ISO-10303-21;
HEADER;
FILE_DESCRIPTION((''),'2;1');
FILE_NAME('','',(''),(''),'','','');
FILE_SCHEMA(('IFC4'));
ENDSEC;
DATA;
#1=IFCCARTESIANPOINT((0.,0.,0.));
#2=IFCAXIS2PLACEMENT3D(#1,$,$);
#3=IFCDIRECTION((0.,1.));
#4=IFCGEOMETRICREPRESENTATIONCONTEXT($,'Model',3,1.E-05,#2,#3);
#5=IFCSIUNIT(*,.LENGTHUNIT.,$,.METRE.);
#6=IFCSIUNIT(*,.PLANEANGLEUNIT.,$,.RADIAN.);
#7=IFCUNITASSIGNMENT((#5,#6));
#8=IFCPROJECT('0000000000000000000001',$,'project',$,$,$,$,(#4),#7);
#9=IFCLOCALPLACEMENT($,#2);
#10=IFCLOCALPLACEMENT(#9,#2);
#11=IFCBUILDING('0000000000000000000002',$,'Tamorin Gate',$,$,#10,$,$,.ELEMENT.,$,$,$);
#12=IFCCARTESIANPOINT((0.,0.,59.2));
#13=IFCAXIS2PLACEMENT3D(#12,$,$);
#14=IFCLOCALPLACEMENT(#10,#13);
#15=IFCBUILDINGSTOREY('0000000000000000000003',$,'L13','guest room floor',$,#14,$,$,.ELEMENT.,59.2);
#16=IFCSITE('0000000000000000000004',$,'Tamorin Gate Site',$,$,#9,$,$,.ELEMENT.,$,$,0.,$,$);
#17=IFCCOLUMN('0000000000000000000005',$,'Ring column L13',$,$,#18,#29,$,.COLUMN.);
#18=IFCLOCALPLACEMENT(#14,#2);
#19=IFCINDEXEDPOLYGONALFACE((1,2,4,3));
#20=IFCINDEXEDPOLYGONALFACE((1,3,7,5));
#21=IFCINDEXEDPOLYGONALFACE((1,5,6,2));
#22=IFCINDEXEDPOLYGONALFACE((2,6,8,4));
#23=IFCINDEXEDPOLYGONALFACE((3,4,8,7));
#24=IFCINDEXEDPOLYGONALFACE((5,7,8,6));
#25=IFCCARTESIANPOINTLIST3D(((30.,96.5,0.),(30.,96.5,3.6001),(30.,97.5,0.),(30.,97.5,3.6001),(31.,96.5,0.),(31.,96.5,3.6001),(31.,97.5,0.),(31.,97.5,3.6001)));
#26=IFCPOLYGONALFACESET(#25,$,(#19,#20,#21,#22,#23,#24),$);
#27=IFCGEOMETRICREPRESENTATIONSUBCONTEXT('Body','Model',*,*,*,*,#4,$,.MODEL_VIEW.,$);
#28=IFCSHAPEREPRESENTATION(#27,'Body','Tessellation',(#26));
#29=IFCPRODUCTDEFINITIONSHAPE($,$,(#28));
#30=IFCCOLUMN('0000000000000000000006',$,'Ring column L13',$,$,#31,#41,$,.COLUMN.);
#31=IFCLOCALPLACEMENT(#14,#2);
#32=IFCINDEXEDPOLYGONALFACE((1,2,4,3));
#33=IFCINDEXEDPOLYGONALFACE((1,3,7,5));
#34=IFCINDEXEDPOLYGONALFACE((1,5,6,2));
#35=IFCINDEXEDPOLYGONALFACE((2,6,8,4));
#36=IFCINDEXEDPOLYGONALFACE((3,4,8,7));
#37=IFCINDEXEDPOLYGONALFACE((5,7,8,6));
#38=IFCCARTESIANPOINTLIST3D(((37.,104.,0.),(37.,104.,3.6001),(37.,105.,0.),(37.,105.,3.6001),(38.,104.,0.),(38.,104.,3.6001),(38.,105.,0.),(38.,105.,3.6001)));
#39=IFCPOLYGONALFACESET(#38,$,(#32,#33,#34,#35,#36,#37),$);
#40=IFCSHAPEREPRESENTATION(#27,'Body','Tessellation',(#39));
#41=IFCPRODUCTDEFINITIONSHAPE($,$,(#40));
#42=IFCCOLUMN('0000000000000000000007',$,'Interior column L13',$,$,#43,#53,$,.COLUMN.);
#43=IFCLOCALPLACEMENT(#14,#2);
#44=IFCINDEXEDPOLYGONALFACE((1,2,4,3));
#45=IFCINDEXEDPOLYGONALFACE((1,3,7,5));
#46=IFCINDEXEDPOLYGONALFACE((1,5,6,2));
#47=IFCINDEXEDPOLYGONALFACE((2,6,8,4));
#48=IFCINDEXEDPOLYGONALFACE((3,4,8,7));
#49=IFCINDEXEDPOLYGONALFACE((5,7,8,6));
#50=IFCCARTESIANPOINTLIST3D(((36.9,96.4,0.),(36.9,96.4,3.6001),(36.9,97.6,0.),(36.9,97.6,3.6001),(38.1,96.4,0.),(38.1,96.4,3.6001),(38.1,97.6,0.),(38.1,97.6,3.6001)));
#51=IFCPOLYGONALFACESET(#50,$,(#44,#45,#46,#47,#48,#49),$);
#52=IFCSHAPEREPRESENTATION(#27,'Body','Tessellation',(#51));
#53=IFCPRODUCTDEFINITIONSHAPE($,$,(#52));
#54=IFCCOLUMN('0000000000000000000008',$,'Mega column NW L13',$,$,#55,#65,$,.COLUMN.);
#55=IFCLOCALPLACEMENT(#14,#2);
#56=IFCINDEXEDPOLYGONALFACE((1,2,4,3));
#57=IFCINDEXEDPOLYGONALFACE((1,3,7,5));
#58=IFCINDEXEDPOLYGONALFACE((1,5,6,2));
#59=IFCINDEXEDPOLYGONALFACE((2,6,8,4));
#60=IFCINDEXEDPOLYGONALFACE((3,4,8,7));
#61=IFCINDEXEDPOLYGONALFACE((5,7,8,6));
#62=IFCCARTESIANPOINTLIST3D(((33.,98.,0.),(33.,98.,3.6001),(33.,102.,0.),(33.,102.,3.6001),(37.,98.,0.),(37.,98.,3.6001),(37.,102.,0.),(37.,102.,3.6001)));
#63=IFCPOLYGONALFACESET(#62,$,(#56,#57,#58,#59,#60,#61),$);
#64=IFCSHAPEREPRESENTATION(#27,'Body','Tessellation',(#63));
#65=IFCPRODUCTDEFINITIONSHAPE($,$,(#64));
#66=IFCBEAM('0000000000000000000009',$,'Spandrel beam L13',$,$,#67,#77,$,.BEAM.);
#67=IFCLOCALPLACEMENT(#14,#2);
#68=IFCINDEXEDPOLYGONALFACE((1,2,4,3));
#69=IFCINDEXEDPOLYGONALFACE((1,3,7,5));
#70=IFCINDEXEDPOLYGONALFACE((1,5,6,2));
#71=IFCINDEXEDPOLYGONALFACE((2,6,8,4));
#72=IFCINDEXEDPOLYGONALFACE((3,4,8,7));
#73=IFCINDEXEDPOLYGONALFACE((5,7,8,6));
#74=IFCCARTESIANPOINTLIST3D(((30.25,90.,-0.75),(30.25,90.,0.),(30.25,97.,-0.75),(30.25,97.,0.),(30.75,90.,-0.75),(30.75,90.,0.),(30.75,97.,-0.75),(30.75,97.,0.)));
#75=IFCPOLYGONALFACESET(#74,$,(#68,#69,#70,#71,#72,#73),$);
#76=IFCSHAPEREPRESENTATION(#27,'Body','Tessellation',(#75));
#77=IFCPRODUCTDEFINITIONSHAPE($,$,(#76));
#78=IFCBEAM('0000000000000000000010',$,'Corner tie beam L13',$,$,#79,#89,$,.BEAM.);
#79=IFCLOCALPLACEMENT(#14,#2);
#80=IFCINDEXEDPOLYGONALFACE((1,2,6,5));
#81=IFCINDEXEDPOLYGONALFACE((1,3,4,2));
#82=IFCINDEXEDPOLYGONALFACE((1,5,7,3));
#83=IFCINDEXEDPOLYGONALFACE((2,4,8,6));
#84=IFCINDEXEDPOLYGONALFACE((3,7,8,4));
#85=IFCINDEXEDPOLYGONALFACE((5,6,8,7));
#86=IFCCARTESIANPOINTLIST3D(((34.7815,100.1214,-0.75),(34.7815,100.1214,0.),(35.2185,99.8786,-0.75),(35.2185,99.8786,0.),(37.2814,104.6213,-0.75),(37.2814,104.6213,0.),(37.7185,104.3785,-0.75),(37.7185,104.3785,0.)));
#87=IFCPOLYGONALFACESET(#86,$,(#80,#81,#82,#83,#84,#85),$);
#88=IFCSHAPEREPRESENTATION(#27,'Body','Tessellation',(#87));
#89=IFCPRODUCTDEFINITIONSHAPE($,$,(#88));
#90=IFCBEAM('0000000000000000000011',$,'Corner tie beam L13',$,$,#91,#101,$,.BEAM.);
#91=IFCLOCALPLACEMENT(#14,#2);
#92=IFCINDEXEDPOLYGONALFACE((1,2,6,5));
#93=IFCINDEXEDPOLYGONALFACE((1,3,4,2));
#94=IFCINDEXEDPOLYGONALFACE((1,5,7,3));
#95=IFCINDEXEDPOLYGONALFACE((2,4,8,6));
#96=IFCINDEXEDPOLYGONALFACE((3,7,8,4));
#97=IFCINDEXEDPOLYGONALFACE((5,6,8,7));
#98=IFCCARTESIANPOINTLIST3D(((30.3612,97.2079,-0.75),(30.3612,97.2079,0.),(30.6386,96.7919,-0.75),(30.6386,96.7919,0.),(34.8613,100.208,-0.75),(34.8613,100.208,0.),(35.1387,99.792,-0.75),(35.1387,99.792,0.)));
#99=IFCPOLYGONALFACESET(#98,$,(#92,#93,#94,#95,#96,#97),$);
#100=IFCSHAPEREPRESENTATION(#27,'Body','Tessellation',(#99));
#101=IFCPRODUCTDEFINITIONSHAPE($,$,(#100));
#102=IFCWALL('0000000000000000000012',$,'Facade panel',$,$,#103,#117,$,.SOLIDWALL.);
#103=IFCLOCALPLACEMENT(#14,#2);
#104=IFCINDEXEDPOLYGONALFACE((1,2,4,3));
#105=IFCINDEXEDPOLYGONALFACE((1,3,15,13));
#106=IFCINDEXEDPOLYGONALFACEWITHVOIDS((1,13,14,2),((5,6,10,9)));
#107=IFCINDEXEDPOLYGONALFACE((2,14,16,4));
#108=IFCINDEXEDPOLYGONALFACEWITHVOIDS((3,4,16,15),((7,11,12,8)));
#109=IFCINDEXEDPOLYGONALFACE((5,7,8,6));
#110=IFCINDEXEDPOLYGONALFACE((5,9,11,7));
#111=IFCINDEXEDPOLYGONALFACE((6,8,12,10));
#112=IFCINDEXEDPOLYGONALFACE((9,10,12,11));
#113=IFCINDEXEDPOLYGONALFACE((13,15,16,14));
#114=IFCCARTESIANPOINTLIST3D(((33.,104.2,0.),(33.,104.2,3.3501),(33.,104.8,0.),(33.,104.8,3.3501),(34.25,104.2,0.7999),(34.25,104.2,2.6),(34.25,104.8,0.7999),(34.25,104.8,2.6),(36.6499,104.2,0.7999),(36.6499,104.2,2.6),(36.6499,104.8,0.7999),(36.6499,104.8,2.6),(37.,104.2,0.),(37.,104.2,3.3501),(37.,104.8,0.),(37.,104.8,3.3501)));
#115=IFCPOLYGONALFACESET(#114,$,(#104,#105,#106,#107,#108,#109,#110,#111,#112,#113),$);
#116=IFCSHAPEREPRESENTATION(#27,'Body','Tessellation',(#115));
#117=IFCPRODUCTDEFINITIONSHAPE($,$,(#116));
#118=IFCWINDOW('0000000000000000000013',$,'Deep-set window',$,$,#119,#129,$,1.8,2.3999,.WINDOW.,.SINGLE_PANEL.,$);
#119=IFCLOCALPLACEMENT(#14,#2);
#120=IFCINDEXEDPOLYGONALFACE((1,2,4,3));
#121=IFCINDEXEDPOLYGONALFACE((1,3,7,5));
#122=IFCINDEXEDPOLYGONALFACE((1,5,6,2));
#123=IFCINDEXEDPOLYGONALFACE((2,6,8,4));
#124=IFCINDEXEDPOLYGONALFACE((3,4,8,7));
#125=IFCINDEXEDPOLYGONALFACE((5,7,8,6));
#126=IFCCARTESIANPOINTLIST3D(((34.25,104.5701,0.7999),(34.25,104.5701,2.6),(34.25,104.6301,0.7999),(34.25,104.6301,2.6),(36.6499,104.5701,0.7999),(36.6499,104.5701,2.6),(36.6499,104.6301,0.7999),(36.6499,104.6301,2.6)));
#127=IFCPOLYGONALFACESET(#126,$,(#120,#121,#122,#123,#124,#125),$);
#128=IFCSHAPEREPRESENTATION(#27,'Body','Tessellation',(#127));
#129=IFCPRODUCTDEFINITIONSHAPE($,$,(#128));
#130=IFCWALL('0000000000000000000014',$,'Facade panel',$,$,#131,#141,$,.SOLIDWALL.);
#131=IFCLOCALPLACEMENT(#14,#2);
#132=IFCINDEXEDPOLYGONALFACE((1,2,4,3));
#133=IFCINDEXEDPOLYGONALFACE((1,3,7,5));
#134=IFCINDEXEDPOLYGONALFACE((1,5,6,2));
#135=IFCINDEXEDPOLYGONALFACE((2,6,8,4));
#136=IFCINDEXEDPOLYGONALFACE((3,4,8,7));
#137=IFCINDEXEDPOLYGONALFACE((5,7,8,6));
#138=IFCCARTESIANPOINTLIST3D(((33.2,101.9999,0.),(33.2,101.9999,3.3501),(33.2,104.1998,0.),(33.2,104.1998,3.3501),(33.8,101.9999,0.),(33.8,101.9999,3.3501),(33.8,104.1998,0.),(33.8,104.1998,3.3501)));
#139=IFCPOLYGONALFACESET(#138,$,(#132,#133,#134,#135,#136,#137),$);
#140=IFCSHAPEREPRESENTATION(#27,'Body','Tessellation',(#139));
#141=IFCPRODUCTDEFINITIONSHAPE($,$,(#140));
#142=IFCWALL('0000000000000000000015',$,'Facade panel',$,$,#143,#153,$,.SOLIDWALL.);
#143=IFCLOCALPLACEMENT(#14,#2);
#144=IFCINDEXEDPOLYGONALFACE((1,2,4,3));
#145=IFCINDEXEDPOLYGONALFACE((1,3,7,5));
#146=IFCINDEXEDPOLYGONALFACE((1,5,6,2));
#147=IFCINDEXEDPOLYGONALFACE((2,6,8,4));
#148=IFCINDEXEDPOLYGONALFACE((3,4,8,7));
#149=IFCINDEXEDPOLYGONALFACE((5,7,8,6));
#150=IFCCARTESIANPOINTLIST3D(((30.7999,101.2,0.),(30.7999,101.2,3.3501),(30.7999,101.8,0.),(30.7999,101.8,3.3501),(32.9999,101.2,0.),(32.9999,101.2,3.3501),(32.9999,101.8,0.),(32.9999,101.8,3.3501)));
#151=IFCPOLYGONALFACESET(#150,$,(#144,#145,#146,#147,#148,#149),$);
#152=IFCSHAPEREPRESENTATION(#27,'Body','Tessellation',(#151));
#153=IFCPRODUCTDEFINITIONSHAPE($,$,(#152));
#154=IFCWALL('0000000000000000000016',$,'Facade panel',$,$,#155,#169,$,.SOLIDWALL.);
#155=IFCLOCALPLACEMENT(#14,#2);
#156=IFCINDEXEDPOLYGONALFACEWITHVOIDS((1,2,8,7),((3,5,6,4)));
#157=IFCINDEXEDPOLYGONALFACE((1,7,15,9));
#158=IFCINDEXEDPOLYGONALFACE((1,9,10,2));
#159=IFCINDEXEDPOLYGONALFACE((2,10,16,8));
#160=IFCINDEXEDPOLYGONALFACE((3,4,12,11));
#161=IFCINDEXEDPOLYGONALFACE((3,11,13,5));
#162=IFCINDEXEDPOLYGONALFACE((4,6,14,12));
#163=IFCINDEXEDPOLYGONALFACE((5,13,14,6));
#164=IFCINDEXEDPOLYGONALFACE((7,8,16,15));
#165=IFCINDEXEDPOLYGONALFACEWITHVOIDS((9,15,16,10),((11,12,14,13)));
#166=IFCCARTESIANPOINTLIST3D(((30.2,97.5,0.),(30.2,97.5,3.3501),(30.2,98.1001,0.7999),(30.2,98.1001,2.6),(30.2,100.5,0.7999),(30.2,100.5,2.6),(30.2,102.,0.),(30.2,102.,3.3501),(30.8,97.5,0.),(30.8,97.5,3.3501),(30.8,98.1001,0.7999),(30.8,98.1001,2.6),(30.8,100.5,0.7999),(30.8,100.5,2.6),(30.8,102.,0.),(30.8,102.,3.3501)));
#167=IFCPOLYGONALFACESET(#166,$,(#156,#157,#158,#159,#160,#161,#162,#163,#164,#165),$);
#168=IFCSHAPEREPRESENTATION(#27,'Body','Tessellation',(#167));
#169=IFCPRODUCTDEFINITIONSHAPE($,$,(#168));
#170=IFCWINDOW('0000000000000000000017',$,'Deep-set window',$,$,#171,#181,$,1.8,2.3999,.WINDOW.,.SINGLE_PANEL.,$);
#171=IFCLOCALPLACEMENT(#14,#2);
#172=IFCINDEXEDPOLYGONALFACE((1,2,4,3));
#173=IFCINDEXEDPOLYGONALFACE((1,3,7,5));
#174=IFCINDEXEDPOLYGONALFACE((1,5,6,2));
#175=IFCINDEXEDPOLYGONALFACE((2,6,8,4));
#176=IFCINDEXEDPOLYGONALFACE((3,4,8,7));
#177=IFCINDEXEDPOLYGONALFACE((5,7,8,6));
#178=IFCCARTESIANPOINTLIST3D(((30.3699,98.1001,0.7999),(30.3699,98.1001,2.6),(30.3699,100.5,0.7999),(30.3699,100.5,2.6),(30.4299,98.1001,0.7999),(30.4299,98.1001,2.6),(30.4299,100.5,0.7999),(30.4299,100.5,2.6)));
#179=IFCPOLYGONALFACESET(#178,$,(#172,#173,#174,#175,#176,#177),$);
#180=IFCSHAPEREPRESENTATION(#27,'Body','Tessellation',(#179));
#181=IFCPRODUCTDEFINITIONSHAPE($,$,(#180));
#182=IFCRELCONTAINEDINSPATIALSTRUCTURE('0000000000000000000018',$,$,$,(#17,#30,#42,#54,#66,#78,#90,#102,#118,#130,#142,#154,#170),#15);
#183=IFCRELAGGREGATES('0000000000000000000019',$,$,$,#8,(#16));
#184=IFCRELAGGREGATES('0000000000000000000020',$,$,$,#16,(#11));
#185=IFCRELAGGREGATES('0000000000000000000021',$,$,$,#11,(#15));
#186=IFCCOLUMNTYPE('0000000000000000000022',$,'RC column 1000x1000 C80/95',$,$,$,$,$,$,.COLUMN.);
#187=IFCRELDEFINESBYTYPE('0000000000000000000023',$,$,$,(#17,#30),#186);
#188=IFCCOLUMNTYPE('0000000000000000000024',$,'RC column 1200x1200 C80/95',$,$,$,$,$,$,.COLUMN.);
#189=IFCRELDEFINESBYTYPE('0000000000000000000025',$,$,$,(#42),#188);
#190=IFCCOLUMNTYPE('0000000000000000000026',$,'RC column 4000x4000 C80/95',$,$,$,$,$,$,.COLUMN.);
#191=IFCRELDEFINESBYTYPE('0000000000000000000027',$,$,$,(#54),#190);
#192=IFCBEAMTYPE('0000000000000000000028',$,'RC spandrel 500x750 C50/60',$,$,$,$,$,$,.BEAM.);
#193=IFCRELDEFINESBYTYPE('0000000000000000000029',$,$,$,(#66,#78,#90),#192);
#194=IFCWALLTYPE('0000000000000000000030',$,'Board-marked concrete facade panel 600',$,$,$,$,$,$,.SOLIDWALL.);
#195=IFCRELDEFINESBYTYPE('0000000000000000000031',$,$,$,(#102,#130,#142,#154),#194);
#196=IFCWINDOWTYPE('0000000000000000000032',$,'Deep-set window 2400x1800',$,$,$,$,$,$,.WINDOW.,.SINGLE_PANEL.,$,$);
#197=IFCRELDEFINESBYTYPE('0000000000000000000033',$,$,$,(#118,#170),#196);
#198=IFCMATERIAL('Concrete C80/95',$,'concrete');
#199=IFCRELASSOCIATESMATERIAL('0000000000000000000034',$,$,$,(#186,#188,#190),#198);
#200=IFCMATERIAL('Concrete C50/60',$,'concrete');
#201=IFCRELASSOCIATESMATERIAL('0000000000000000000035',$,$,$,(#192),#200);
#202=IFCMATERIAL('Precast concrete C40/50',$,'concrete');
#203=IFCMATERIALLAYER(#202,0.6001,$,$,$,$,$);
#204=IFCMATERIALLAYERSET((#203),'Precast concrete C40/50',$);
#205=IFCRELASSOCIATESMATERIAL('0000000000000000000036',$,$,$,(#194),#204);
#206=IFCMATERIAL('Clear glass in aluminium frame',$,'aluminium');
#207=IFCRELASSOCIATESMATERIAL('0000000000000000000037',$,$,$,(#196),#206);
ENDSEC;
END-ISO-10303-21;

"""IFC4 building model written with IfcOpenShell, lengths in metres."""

from ifc_helpers import new_model, si_unit, direction, frame, frame_2d, origin, origin_2d, place, context, subcontext, project, spatial, rectangle, extrude, material, layer, layer_set, material_profile, profile_set, type_object, element, fill, save


model = new_model("IFC4")

# Units and contexts
model_context = context("Model", 3, precision=1e-05, world=origin(), true_north=direction((0.0, 1.0)))
body_context = subcontext(model_context, "Body", "Model", "MODEL_VIEW")
ifc_project = project(units=[si_unit("LENGTHUNIT", "METRE"), si_unit("PLANEANGLEUNIT", "RADIAN")], contexts=[model_context])

# Site, building, storey
site_placement = place(None, origin())
site = spatial("IfcSite", under=ifc_project, at=site_placement, Name="Tamorin Gate Site", CompositionType="ELEMENT", RefElevation=0.0)
building_placement = place(site_placement, origin())
building = spatial("IfcBuilding", under=site, at=building_placement, Name="Tamorin Gate", CompositionType="ELEMENT")
storey_placement = place(building_placement, frame((0.0, 0.0, 59.2)))
storey = spatial("IfcBuildingStorey", under=building, at=storey_placement, Name="L13", Description="guest room floor", CompositionType="ELEMENT", Elevation=59.2)

# Columns
ifc_material_1 = material(Name="Concrete C80/95", Category="concrete")
ifc_material_profile_1 = material_profile(ifc_material_1, rectangle(XDim=1.0, YDim=1.0, at=origin_2d()), Name="RC 1000x1000")
ifc_profile_set_1 = profile_set([ifc_material_profile_1], Name="Concrete C80/95")
column_type_1 = type_object("IfcColumnType", Name="RC column 1000x1000 C80/95", PredefinedType="COLUMN", material=ifc_profile_set_1)
for number, where, z_axis, x_axis, name in (
    (1, (30.5, 97.0, 0.0), (0.0, 0.0, 1.0), (1.0, 0.0, 0.0), "Ring column L13"),
    (2, (37.5, 104.5, 0.0), (0.0, 0.0, 1.0), (1.0, 0.0, 0.0), "Ring column L13"),
):
    element("IfcColumn", number, at=place(storey_placement, frame(where, z_axis=z_axis, x_axis=x_axis)), inside=storey, type_object=column_type_1, Name=name, PredefinedType="COLUMN", context=body_context, shape_type="SweptSolid", body=[
        extrude(rectangle(XDim=1.0, YDim=1.0, at=origin_2d()), origin(), (0.0, 0.0, 1.0), 3.6001),
    ])
ifc_material_profile_2 = material_profile(ifc_material_1, rectangle(XDim=1.2, YDim=1.2, at=origin_2d()), Name="RC 1200x1200")
ifc_profile_set_2 = profile_set([ifc_material_profile_2], Name="Concrete C80/95")
column_type_2 = type_object("IfcColumnType", Name="RC column 1200x1200 C80/95", PredefinedType="COLUMN", material=ifc_profile_set_2)
column_1_placement = place(storey_placement, frame((37.5, 97.0, 0.0), z_axis=(0.0, 0.0, 1.0), x_axis=(1.0, 0.0, 0.0)))
element("IfcColumn", 3, at=column_1_placement, inside=storey, type_object=column_type_2, Name="Interior column L13", PredefinedType="COLUMN", context=body_context, shape_type="SweptSolid", body=[
    extrude(rectangle(XDim=1.2, YDim=1.2, at=origin_2d()), origin(), (0.0, 0.0, 1.0), 3.6001),
])
ifc_material_profile_3 = material_profile(ifc_material_1, rectangle(XDim=4.0, YDim=4.0, at=origin_2d()), Name="RC 4000x4000")
ifc_profile_set_3 = profile_set([ifc_material_profile_3], Name="Concrete C80/95")
column_type_3 = type_object("IfcColumnType", Name="RC column 4000x4000 C80/95", PredefinedType="COLUMN", material=ifc_profile_set_3)
column_2_placement = place(storey_placement, frame((35.0, 100.0, 0.0), z_axis=(0.0, 0.0, 1.0), x_axis=(1.0, 0.0, 0.0)))
element("IfcColumn", 4, at=column_2_placement, inside=storey, type_object=column_type_3, Name="Mega column NW L13", PredefinedType="COLUMN", context=body_context, shape_type="SweptSolid", body=[
    extrude(rectangle(XDim=4.0, YDim=4.0, at=origin_2d()), origin(), (0.0, 0.0, 1.0), 3.6001),
])

# Beams
ifc_material_2 = material(Name="Concrete C50/60", Category="concrete")
ifc_material_profile_4 = material_profile(ifc_material_2, rectangle(XDim=0.5, YDim=0.75, at=origin_2d()), Name="RC 500x750")
ifc_profile_set_4 = profile_set([ifc_material_profile_4], Name="Concrete C50/60")
beam_type = type_object("IfcBeamType", Name="RC spandrel 500x750 C50/60", PredefinedType="BEAM", material=ifc_profile_set_4)
beam_1_placement = place(storey_placement, frame((30.5, 97.0, -0.375), z_axis=(0.0, -1.0, 0.0), x_axis=(1.0, 0.0, 0.0)))
element("IfcBeam", 5, at=beam_1_placement, inside=storey, type_object=beam_type, Name="Spandrel beam L13", PredefinedType="BEAM", context=body_context, shape_type="SweptSolid", body=[
    extrude(rectangle(XDim=0.5, YDim=0.75, at=origin_2d()), origin(), (0.0, 0.0, 1.0), 7.0),
])
beam_2_placement = place(storey_placement, frame((35.0, 100.0, -0.375), z_axis=(0.485643, 0.874157, 0.0), x_axis=(-0.874157, 0.485643, 0.0)))
element("IfcBeam", 6, at=beam_2_placement, inside=storey, type_object=beam_type, Name="Corner tie beam L13", PredefinedType="BEAM", context=body_context, shape_type="SweptSolid", body=[
    extrude(rectangle(XDim=0.5, YDim=0.75, at=origin_2d()), origin(), (0.0, 0.0, 1.0), 5.1477),
])
beam_3_placement = place(storey_placement, frame((35.0, 100.0, -0.375), z_axis=(-0.83205, -0.5547, 0.0), x_axis=(0.5547, -0.83205, 0.0)))
element("IfcBeam", 7, at=beam_3_placement, inside=storey, type_object=beam_type, Name="Corner tie beam L13", PredefinedType="BEAM", context=body_context, shape_type="SweptSolid", body=[
    extrude(rectangle(XDim=0.5, YDim=0.75, at=origin_2d()), origin(), (0.0, 0.0, 1.0), 5.4084),
])

# Wall, opening, window
ifc_material_3 = material(Name="Precast concrete C40/50", Category="concrete")
ifc_layer_1 = layer(ifc_material_3, 0.6001)
ifc_layer_set_1 = layer_set([ifc_layer_1], Name="Precast concrete C40/50")
wall_type_1 = type_object("IfcWallType", Name="Board-marked concrete facade panel 600", PredefinedType="SOLIDWALL", material=ifc_layer_set_1)
wall_1_placement = place(storey_placement, frame((37.0, 104.5, 0.0), z_axis=(0.0, 0.0, 1.0), x_axis=(-1.0, 0.0, 0.0)))
wall_1 = element("IfcWall", 8, at=wall_1_placement, inside=storey, type_object=wall_type_1, Name="Facade panel", PredefinedType="SOLIDWALL", context=body_context, shape_type="SweptSolid", body=[
    extrude(rectangle(XDim=4.0, YDim=0.6001, at=frame_2d((2.0, 0.0))), origin(), (0.0, 0.0, 1.0), 3.3501),
])
opening_1_placement = place(wall_1_placement, frame((0.3501, 0.0, 0.8)))
opening_1 = element("IfcOpeningElement", 9, at=opening_1_placement, cuts=wall_1, PredefinedType="OPENING", context=body_context, shape_type="SweptSolid", body=[
    extrude(rectangle(XDim=2.3999, YDim=1.8, at=frame_2d((1.2, 0.8999))), frame((0.0, 0.3101, 0.0), z_axis=(0.0, -1.0, 0.0), x_axis=(1.0, 0.0, 0.0)), (0.0, 0.0, 1.0), 0.6201),
])
ifc_material_4 = material(Name="Clear glass in aluminium frame", Category="aluminium")
window_type = type_object("IfcWindowType", Name="Deep-set window 2400x1800", PartitioningType="SINGLE_PANEL", PredefinedType="WINDOW", material=ifc_material_4)
window_1_placement = place(opening_1_placement, origin())
window_1 = element("IfcWindow", 10, at=window_1_placement, inside=storey, type_object=window_type, Name="Deep-set window", OverallHeight=1.8, OverallWidth=2.3999, PartitioningType="SINGLE_PANEL", PredefinedType="WINDOW", context=body_context, shape_type="SweptSolid", body=[
    extrude(rectangle(XDim=2.3999, YDim=1.8, at=frame_2d((1.2, 0.8999))), frame((0.0, -0.0701, 0.0), z_axis=(0.0, -1.0, 0.0), x_axis=(1.0, 0.0, 0.0)), (0.0, 0.0, 1.0), 0.0601),
])
fill(opening_1, window_1)

# Walls
for number, where, z_axis, x_axis, name in (
    (11, (33.5, 104.2, 0.0), (0.0, 0.0, 1.0), (0.0, -1.0, 0.0), "Facade panel"),
    (12, (33.0, 101.5, 0.0), (0.0, 0.0, 1.0), (-1.0, 0.0, 0.0), "Facade panel"),
):
    element("IfcWall", number, at=place(storey_placement, frame(where, z_axis=z_axis, x_axis=x_axis)), inside=storey, type_object=wall_type_1, Name=name, PredefinedType="SOLIDWALL", context=body_context, shape_type="SweptSolid", body=[
        extrude(rectangle(XDim=2.2, YDim=0.6001, at=frame_2d((1.1001, 0.0))), origin(), (0.0, 0.0, 1.0), 3.3501),
    ])

# Wall, opening, window
wall_2_placement = place(storey_placement, frame((30.5, 102.0, 0.0), z_axis=(0.0, 0.0, 1.0), x_axis=(0.0, -1.0, 0.0)))
wall_2 = element("IfcWall", 13, at=wall_2_placement, inside=storey, type_object=wall_type_1, Name="Facade panel", PredefinedType="SOLIDWALL", context=body_context, shape_type="SweptSolid", body=[
    extrude(rectangle(XDim=4.5, YDim=0.6001, at=frame_2d((2.25, 0.0))), origin(), (0.0, 0.0, 1.0), 3.3501),
])
opening_2_placement = place(wall_2_placement, frame((1.5, 0.0, 0.8)))
opening_2 = element("IfcOpeningElement", 14, at=opening_2_placement, cuts=wall_2, PredefinedType="OPENING", context=body_context, shape_type="SweptSolid", body=[
    extrude(rectangle(XDim=2.3999, YDim=1.8, at=frame_2d((1.2, 0.8999))), frame((0.0, 0.3101, 0.0), z_axis=(0.0, -1.0, 0.0), x_axis=(1.0, 0.0, 0.0)), (0.0, 0.0, 1.0), 0.6201),
])
window_2_placement = place(opening_2_placement, origin())
window_2 = element("IfcWindow", 15, at=window_2_placement, inside=storey, type_object=window_type, Name="Deep-set window", OverallHeight=1.8, OverallWidth=2.3999, PartitioningType="SINGLE_PANEL", PredefinedType="WINDOW", context=body_context, shape_type="SweptSolid", body=[
    extrude(rectangle(XDim=2.3999, YDim=1.8, at=frame_2d((1.2, 0.8999))), frame((0.0, -0.0701, 0.0), z_axis=(0.0, -1.0, 0.0), x_axis=(1.0, 0.0, 0.0)), (0.0, 0.0, 1.0), 0.0601),
])
fill(opening_2, window_2)

save(model, "model.ifc")
